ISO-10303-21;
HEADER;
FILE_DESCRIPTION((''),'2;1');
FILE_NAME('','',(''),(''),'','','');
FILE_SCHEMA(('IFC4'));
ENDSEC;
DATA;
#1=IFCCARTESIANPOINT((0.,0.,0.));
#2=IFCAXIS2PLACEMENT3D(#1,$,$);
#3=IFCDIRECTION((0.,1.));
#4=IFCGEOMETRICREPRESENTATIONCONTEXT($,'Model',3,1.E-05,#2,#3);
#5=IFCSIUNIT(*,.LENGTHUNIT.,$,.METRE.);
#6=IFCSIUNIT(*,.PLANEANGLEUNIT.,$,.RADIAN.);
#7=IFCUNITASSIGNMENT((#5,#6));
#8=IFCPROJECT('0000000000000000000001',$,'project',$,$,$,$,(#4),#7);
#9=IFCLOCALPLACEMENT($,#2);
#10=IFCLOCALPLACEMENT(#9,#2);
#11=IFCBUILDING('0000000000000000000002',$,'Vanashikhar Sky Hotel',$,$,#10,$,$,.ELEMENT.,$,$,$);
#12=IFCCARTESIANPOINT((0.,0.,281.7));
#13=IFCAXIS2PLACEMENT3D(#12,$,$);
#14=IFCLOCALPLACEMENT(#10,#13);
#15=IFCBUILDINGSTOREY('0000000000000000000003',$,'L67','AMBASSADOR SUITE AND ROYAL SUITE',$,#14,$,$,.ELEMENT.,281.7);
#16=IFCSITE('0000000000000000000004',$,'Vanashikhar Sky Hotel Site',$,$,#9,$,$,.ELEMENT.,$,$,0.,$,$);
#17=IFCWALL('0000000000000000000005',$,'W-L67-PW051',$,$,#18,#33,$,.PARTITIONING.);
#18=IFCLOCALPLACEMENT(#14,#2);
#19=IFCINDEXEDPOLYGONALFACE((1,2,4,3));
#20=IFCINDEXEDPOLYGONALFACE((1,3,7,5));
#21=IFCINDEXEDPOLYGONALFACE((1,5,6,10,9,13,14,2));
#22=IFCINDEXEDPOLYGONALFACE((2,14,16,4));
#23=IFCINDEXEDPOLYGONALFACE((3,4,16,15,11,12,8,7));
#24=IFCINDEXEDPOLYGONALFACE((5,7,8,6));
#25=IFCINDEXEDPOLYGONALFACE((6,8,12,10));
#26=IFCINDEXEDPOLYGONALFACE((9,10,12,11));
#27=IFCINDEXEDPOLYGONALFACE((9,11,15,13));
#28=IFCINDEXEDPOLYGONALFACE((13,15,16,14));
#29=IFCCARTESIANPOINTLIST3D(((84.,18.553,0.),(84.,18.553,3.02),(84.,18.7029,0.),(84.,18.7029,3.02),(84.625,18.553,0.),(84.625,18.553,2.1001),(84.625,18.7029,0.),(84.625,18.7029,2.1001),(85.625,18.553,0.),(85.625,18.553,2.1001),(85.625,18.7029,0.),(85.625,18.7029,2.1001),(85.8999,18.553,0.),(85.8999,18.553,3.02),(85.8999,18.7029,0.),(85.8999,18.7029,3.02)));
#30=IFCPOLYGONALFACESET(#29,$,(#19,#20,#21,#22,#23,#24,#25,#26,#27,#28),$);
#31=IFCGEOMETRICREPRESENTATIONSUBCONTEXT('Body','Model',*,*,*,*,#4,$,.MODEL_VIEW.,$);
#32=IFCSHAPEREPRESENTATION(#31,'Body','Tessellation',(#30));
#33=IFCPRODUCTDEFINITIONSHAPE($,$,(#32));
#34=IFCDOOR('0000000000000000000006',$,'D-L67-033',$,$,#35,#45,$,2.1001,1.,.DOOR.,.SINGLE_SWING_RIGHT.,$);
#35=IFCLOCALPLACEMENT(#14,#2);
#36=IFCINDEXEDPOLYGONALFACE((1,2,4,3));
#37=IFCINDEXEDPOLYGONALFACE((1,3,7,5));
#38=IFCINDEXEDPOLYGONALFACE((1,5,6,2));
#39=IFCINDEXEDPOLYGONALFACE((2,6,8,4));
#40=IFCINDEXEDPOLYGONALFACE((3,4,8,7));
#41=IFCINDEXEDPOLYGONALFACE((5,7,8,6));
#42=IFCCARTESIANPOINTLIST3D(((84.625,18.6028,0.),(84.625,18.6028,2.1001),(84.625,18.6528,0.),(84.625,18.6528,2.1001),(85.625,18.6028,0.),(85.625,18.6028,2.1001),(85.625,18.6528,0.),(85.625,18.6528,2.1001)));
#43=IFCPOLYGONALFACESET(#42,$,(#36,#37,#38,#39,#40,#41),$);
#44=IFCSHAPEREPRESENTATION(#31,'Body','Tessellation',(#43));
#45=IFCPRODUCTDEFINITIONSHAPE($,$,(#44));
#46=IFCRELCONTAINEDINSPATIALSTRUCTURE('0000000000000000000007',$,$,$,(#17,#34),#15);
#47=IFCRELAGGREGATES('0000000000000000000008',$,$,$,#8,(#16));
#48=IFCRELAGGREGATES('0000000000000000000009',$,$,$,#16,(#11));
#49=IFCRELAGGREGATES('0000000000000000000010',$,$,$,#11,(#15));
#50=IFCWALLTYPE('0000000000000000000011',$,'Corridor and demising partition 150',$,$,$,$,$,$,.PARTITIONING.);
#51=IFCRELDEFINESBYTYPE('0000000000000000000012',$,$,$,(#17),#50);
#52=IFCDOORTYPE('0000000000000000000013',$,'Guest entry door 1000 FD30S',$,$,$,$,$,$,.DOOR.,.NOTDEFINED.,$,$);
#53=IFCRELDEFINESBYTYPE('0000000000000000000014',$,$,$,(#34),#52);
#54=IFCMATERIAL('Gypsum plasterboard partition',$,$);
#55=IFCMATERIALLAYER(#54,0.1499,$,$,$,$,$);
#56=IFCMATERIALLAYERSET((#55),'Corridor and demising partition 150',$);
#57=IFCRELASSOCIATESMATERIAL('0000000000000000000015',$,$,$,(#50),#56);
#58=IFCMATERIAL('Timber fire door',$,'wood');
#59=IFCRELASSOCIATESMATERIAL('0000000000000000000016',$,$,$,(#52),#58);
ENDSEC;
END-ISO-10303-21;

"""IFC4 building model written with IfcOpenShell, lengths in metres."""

from ifc_helpers import new_model, si_unit, direction, frame, frame_2d, origin, place, context, subcontext, project, spatial, rectangle, extrude, source, transform, mapped, material, layer, layer_set, type_object, element, fill, save


model = new_model("IFC4")

# Units and contexts
model_context = context("Model", 3, precision=1e-05, world=origin(), true_north=direction((0.0, 1.0)))
body_context = subcontext(model_context, "Body", "Model", "MODEL_VIEW")
ifc_project = project(units=[si_unit("LENGTHUNIT", "METRE"), si_unit("PLANEANGLEUNIT", "RADIAN")], contexts=[model_context])

# Site, building, storey
site_placement = place(None, origin())
site = spatial("IfcSite", under=ifc_project, at=site_placement, Name="Vanashikhar Sky Hotel Site", CompositionType="ELEMENT", RefElevation=0.0)
building_placement = place(site_placement, origin())
building = spatial("IfcBuilding", under=site, at=building_placement, Name="Vanashikhar Sky Hotel", CompositionType="ELEMENT")
storey_placement = place(building_placement, frame((0.0, 0.0, 281.7)))
storey = spatial("IfcBuildingStorey", under=building, at=storey_placement, Name="L67", Description="AMBASSADOR SUITE AND ROYAL SUITE", CompositionType="ELEMENT", Elevation=281.7)

# Shared definitions
ifc_material_1 = material(Name="Gypsum plasterboard partition")

# Wall, opening, door
ifc_layer_1 = layer(ifc_material_1, 0.1499)
ifc_layer_set_1 = layer_set([ifc_layer_1], Name="Corridor and demising partition 150")
wall_type_1 = type_object("IfcWallType", Name="Corridor and demising partition 150", PredefinedType="PARTITIONING", material=ifc_layer_set_1)
shared_shape_1 = source(origin(), body_context, "Body", "SweptSolid", [
    extrude(rectangle(XDim=1.8999, YDim=0.1499, at=frame_2d((0.95, 0.0))), origin(), (0.0, 0.0, 1.0), 3.02),
])
wall_1_placement = place(storey_placement, frame((84.0, 18.6279, 0.0), z_axis=(0.0, 0.0, 1.0), x_axis=(1.0, 0.0, 0.0)))
wall_1 = element("IfcWall", 1, at=wall_1_placement, inside=storey, type_object=wall_type_1, Name="W-L67-PW051", PredefinedType="PARTITIONING", context=body_context, shape_type="MappedRepresentation", body=[
    mapped(shared_shape_1, transform((0.0, 0.0, 0.0), scale=1.0)),
])
shared_shape_2 = source(origin(), body_context, "Body", "SweptSolid", [
    extrude(rectangle(XDim=1.0, YDim=2.1001, at=frame_2d((0.5, 1.05))), frame((0.0, 0.085, 0.0), z_axis=(0.0, -1.0, 0.0), x_axis=(1.0, 0.0, 0.0)), (0.0, 0.0, 1.0), 0.1699),
])
opening_1_placement = place(wall_1_placement, frame((0.625, 0.0, 0.0)))
opening_1 = element("IfcOpeningElement", 2, at=opening_1_placement, cuts=wall_1, PredefinedType="OPENING", context=body_context, shape_type="MappedRepresentation", body=[
    mapped(shared_shape_2, transform((0.0, 0.0, 0.0), scale=1.0)),
])
ifc_material_2 = material(Name="Timber fire door", Category="wood")
door_type_1 = type_object("IfcDoorType", Name="Guest entry door 1000 FD30S", OperationType="NOTDEFINED", PredefinedType="DOOR", material=ifc_material_2)
shared_shape_3 = source(origin(), body_context, "Body", "SweptSolid", [
    extrude(rectangle(XDim=1.0, YDim=2.1001, at=frame_2d((0.5, 1.05))), frame((0.0, 0.0249, 0.0), z_axis=(0.0, -1.0, 0.0), x_axis=(1.0, 0.0, 0.0)), (0.0, 0.0, 1.0), 0.05),
])
door_1_placement = place(opening_1_placement, origin())
door_1 = element("IfcDoor", 3, at=door_1_placement, inside=storey, type_object=door_type_1, Name="D-L67-033", OperationType="SINGLE_SWING_RIGHT", OverallHeight=2.1001, OverallWidth=1.0, PredefinedType="DOOR", context=body_context, shape_type="MappedRepresentation", body=[
    mapped(shared_shape_3, transform((0.0, 0.0, 0.0), scale=1.0)),
])
fill(opening_1, door_1)

save(model, "model.ifc")
